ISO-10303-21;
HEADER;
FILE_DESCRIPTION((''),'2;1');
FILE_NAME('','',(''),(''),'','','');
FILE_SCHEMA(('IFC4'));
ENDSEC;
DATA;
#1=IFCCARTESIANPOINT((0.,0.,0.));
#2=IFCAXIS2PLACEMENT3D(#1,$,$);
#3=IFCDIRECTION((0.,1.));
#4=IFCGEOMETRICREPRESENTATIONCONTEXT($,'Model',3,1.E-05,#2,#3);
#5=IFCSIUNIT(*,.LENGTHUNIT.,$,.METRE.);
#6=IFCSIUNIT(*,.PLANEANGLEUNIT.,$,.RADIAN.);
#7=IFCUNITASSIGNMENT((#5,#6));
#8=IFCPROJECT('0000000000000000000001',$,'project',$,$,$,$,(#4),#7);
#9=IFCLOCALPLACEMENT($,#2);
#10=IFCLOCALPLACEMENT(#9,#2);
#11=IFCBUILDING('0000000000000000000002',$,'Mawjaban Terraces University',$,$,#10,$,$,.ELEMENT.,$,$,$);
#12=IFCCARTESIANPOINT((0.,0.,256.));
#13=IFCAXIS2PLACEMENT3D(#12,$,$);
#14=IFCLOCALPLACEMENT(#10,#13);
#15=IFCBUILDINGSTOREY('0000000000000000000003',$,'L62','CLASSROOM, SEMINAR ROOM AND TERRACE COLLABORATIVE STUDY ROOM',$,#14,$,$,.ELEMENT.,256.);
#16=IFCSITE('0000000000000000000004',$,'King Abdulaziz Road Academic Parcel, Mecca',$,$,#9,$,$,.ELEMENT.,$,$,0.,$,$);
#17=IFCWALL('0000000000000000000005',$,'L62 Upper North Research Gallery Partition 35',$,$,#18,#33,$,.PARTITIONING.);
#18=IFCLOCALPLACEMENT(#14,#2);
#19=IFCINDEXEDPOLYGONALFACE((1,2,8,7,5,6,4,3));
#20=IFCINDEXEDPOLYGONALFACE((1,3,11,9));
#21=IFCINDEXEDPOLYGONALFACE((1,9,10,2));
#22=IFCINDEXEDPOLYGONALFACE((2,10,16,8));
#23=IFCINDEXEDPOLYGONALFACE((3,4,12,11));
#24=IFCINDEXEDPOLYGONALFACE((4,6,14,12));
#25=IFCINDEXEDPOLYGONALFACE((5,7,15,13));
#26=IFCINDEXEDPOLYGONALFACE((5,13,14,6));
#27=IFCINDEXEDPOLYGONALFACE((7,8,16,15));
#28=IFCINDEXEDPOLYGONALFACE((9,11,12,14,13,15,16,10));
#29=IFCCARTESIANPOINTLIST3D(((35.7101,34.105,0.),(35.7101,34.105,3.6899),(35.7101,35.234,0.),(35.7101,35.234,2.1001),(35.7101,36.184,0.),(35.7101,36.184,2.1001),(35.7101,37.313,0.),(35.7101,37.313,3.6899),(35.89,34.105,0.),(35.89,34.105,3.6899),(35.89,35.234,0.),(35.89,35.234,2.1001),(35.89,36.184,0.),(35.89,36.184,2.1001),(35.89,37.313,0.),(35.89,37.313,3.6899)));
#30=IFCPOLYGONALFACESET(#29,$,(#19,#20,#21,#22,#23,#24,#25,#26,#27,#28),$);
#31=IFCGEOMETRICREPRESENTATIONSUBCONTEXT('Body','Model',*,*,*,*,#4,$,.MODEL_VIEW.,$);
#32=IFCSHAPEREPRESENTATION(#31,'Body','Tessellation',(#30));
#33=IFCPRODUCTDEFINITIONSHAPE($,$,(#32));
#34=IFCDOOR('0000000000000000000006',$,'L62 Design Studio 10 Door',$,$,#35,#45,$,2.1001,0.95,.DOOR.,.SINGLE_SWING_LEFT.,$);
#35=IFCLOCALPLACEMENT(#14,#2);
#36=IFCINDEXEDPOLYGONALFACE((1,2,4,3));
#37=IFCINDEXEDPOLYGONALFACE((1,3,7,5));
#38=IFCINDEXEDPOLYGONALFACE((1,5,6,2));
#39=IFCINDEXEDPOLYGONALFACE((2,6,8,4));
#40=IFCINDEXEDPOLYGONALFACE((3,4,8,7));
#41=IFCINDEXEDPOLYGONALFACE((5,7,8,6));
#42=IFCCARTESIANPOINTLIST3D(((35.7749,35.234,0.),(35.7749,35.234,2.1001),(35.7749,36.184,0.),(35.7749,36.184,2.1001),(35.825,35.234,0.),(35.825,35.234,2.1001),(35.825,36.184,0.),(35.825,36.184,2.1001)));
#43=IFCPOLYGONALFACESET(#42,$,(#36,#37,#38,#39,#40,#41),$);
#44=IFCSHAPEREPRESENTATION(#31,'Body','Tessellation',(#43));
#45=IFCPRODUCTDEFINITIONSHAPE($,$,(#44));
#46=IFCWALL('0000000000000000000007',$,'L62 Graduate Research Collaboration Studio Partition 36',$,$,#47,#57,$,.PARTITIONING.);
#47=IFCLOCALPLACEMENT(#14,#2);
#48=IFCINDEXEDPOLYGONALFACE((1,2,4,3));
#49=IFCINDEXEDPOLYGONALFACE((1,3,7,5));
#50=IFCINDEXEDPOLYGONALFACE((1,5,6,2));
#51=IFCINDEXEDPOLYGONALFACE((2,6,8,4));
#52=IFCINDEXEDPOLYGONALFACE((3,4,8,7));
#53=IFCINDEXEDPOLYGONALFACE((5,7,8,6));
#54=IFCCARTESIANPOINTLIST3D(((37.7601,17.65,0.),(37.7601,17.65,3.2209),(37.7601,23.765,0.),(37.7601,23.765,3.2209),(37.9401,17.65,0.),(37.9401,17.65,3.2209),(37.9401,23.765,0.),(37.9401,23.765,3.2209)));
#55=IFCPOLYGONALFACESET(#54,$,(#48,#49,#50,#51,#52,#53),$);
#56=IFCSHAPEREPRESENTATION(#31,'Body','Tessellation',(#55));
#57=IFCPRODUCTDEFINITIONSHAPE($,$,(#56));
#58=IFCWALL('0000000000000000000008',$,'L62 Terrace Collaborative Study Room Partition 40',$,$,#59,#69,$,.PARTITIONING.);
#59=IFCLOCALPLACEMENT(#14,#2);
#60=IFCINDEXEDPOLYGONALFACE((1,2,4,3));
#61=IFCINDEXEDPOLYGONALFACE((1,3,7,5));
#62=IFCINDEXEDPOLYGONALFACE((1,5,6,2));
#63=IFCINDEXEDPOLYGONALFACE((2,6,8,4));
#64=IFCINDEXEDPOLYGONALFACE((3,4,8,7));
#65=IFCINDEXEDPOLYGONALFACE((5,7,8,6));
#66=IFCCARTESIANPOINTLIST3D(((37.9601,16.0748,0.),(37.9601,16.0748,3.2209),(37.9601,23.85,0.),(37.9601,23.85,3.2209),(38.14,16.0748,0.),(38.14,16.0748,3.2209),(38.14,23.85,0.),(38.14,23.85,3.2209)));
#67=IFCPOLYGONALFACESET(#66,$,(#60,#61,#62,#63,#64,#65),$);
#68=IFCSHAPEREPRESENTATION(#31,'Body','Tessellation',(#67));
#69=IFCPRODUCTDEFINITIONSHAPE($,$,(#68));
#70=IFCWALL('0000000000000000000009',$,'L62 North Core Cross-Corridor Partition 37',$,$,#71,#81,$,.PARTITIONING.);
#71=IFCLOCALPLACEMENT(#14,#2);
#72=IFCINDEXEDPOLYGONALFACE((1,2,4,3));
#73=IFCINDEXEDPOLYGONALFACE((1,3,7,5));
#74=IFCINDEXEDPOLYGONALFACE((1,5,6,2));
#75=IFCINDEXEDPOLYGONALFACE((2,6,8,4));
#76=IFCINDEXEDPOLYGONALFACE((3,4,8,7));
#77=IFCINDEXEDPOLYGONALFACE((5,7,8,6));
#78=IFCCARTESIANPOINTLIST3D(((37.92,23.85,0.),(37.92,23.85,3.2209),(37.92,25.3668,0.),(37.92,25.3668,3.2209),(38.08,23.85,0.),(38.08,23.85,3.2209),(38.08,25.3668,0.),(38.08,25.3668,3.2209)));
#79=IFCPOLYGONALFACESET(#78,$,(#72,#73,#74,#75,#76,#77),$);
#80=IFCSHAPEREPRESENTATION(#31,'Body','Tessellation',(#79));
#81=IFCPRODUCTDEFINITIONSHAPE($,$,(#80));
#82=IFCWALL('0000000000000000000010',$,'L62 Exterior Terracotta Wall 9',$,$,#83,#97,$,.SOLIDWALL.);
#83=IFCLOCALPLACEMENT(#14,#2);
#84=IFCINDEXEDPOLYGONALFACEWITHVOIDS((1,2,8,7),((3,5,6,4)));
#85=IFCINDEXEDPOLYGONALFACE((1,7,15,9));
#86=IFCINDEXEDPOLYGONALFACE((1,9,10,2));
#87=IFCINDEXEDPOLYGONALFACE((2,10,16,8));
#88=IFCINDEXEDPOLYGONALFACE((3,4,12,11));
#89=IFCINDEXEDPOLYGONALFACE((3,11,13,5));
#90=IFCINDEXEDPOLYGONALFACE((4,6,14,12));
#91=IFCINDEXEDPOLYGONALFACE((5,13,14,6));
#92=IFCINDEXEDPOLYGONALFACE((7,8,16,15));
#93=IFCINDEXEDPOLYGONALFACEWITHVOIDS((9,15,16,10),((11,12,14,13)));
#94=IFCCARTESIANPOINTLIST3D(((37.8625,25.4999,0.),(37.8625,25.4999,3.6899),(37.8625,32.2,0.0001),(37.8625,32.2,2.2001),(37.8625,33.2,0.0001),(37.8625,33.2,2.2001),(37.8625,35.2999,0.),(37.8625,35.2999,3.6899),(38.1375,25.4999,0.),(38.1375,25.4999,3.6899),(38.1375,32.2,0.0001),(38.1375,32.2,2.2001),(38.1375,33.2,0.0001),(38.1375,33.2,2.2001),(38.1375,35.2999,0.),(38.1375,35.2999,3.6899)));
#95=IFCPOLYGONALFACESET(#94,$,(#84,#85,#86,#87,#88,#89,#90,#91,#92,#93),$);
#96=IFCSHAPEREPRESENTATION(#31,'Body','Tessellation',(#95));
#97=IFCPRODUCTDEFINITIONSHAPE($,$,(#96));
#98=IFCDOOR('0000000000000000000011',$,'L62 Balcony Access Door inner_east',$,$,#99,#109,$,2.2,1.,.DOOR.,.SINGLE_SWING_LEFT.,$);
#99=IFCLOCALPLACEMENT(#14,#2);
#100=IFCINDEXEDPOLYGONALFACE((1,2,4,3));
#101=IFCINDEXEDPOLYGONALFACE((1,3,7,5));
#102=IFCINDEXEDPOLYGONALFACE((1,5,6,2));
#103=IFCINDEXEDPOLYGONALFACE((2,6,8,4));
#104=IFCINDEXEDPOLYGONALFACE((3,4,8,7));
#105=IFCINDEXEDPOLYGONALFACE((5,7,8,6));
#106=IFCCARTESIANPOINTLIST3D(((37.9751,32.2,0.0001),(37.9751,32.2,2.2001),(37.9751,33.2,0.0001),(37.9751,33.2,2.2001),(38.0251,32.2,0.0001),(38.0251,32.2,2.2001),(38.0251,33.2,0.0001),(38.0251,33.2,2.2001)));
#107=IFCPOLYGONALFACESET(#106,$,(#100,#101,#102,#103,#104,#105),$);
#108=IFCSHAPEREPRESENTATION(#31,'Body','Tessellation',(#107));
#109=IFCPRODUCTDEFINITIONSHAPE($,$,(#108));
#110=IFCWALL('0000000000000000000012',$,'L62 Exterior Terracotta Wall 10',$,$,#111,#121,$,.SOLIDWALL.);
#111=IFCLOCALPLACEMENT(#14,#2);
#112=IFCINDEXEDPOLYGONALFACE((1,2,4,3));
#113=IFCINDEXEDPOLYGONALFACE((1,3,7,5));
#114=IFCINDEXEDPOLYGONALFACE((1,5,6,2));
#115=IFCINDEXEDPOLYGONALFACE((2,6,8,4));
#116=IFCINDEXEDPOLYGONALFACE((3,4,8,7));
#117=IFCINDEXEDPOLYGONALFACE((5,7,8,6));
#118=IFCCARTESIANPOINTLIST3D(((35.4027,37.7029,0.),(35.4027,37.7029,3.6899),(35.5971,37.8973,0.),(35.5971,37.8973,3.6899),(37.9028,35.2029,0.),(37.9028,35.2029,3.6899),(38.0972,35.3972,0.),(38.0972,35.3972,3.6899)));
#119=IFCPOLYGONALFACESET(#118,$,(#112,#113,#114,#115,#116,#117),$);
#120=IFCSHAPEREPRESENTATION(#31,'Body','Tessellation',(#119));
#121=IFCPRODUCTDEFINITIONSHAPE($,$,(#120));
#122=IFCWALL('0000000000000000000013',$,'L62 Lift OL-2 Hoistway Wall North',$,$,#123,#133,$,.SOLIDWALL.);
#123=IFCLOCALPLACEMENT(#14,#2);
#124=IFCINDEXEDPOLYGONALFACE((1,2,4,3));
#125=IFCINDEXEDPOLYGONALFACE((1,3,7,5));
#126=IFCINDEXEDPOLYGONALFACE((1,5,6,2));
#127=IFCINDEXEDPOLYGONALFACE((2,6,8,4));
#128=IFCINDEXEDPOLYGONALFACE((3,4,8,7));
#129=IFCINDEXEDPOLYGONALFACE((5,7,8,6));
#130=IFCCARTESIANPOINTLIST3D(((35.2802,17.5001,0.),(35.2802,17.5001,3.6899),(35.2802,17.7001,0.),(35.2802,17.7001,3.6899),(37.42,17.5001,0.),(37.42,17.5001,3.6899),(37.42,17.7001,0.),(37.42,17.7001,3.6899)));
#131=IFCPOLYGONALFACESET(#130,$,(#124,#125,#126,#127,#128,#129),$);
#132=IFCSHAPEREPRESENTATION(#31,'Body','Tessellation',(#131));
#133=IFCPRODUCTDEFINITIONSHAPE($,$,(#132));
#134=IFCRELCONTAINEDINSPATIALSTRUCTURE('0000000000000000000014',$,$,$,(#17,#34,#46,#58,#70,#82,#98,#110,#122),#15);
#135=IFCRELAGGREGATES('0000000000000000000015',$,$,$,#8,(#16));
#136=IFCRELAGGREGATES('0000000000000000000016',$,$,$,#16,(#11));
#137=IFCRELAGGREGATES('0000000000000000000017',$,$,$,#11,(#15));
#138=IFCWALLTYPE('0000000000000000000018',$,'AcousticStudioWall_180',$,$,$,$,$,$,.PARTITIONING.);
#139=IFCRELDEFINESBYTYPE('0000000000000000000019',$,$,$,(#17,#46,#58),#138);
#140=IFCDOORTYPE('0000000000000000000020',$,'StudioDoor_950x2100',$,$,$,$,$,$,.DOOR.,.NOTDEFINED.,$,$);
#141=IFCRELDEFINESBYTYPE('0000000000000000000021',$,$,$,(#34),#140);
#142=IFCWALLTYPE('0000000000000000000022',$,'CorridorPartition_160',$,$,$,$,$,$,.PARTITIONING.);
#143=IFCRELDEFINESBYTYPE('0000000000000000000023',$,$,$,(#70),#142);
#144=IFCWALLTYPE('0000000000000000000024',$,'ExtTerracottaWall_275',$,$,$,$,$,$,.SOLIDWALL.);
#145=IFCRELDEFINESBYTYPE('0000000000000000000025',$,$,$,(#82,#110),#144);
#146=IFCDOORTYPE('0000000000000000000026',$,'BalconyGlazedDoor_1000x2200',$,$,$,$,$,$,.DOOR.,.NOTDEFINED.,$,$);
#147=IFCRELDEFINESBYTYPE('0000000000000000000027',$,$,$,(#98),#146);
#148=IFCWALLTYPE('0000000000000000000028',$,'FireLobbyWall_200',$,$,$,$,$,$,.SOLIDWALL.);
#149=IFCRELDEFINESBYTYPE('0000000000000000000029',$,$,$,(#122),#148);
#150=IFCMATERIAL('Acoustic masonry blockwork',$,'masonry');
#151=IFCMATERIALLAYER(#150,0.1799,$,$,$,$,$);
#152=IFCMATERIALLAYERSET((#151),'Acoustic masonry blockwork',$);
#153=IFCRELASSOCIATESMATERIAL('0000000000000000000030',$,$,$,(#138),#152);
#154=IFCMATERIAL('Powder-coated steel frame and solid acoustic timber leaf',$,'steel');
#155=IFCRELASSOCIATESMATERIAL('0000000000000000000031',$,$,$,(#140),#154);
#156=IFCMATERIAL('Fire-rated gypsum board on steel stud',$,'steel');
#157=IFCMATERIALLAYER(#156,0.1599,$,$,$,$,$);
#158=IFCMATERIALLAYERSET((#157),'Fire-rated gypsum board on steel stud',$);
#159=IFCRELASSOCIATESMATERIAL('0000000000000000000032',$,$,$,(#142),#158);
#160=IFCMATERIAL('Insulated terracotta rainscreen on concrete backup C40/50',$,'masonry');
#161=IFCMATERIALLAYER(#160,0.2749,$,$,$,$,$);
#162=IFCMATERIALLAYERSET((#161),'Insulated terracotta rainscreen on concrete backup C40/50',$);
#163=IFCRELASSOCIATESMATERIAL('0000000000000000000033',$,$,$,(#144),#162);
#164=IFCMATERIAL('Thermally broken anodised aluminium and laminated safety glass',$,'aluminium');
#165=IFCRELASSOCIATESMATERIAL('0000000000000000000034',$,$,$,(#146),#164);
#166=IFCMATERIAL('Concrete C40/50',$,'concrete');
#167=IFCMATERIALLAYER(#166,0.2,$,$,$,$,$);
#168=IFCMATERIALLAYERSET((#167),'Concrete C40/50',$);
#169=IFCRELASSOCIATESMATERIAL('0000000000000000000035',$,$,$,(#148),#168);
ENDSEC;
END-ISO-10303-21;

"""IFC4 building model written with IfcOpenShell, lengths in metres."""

from ifc_helpers import new_model, si_unit, direction, frame, frame_2d, origin, place, context, subcontext, project, spatial, rectangle, extrude, material, layer, layer_set, type_object, element, fill, save


model = new_model("IFC4")

# Units and contexts
model_context = context("Model", 3, precision=1e-05, world=origin(), true_north=direction((0.0, 1.0)))
body_context = subcontext(model_context, "Body", "Model", "MODEL_VIEW")
ifc_project = project(units=[si_unit("LENGTHUNIT", "METRE"), si_unit("PLANEANGLEUNIT", "RADIAN")], contexts=[model_context])

# Site, building, storey
site_placement = place(None, origin())
site = spatial("IfcSite", under=ifc_project, at=site_placement, Name="King Abdulaziz Road Academic Parcel, Mecca", CompositionType="ELEMENT", RefElevation=0.0)
building_placement = place(site_placement, origin())
building = spatial("IfcBuilding", under=site, at=building_placement, Name="Mawjaban Terraces University", CompositionType="ELEMENT")
storey_placement = place(building_placement, frame((0.0, 0.0, 256.0)))
storey = spatial("IfcBuildingStorey", under=building, at=storey_placement, Name="L62", Description="CLASSROOM, SEMINAR ROOM AND TERRACE COLLABORATIVE STUDY ROOM", CompositionType="ELEMENT", Elevation=256.0)

# Shared definitions
ifc_material_1 = material(Name="Acoustic masonry blockwork", Category="masonry")
ifc_layer_1 = layer(ifc_material_1, 0.1799)
ifc_layer_set_1 = layer_set([ifc_layer_1], Name="Acoustic masonry blockwork")
wall_type_1 = type_object("IfcWallType", Name="AcousticStudioWall_180", PredefinedType="PARTITIONING", material=ifc_layer_set_1)

# Wall, opening, door
wall_1_placement = place(storey_placement, frame((35.8, 37.313, 0.0), z_axis=(0.0, 0.0, 1.0), x_axis=(0.0, -1.0, 0.0)))
wall_1 = element("IfcWall", 1, at=wall_1_placement, inside=storey, type_object=wall_type_1, Name="L62 Upper North Research Gallery Partition 35", PredefinedType="PARTITIONING", context=body_context, shape_type="SweptSolid", body=[
    extrude(rectangle(XDim=3.208, YDim=0.1799, at=frame_2d((1.604, 0.0))), origin(), (0.0, 0.0, 1.0), 3.6899),
])
opening_1_placement = place(wall_1_placement, frame((1.1289, 0.0, 0.0)))
opening_1 = element("IfcOpeningElement", 2, at=opening_1_placement, cuts=wall_1, PredefinedType="OPENING", context=body_context, shape_type="SweptSolid", body=[
    extrude(rectangle(XDim=0.95, YDim=2.1001, at=frame_2d((0.4751, 1.05))), frame((0.0, 0.0999, 0.0), z_axis=(0.0, -1.0, 0.0), x_axis=(1.0, 0.0, 0.0)), (0.0, 0.0, 1.0), 0.2),
])
ifc_material_2 = material(Name="Powder-coated steel frame and solid acoustic timber leaf", Category="steel")
door_type_1 = type_object("IfcDoorType", Name="StudioDoor_950x2100", OperationType="NOTDEFINED", PredefinedType="DOOR", material=ifc_material_2)
door_1_placement = place(opening_1_placement, origin())
door_1 = element("IfcDoor", 3, at=door_1_placement, inside=storey, type_object=door_type_1, Name="L62 Design Studio 10 Door", OperationType="SINGLE_SWING_LEFT", OverallHeight=2.1001, OverallWidth=0.95, PredefinedType="DOOR", context=body_context, shape_type="SweptSolid", body=[
    extrude(rectangle(XDim=0.95, YDim=2.1001, at=frame_2d((0.4751, 1.05))), frame((0.0, 0.0249, 0.0), z_axis=(0.0, -1.0, 0.0), x_axis=(1.0, 0.0, 0.0)), (0.0, 0.0, 1.0), 0.05),
])
fill(opening_1, door_1)

# Walls
wall_2_placement = place(storey_placement, frame((37.8501, 17.6499, 0.0), z_axis=(0.0, 0.0, 1.0), x_axis=(0.0, 1.0, 0.0)))
element("IfcWall", 4, at=wall_2_placement, inside=storey, type_object=wall_type_1, Name="L62 Graduate Research Collaboration Studio Partition 36", PredefinedType="PARTITIONING", context=body_context, shape_type="SweptSolid", body=[
    extrude(rectangle(XDim=6.115, YDim=0.1799, at=frame_2d((3.0576, 0.0))), origin(), (0.0, 0.0, 1.0), 3.2209),
])
wall_3_placement = place(storey_placement, frame((38.05, 23.8501, 0.0), z_axis=(0.0, 0.0, 1.0), x_axis=(0.0, -1.0, 0.0)))
element("IfcWall", 5, at=wall_3_placement, inside=storey, type_object=wall_type_1, Name="L62 Terrace Collaborative Study Room Partition 40", PredefinedType="PARTITIONING", context=body_context, shape_type="SweptSolid", body=[
    extrude(rectangle(XDim=7.7751, YDim=0.1799, at=frame_2d((3.8877, 0.0))), origin(), (0.0, 0.0, 1.0), 3.2209),
])
ifc_material_3 = material(Name="Fire-rated gypsum board on steel stud", Category="steel")
ifc_layer_2 = layer(ifc_material_3, 0.1599)
ifc_layer_set_2 = layer_set([ifc_layer_2], Name="Fire-rated gypsum board on steel stud")
wall_type_2 = type_object("IfcWallType", Name="CorridorPartition_160", PredefinedType="PARTITIONING", material=ifc_layer_set_2)
wall_4_placement = place(storey_placement, frame((38.0, 23.8501, 0.0), z_axis=(0.0, 0.0, 1.0), x_axis=(0.0, 1.0, 0.0)))
element("IfcWall", 6, at=wall_4_placement, inside=storey, type_object=wall_type_2, Name="L62 North Core Cross-Corridor Partition 37", PredefinedType="PARTITIONING", context=body_context, shape_type="SweptSolid", body=[
    extrude(rectangle(XDim=1.5168, YDim=0.1599, at=frame_2d((0.7583, 0.0))), origin(), (0.0, 0.0, 1.0), 3.2209),
])

# Wall, opening, door
ifc_material_4 = material(Name="Insulated terracotta rainscreen on concrete backup C40/50", Category="masonry")
ifc_layer_3 = layer(ifc_material_4, 0.2749)
ifc_layer_set_3 = layer_set([ifc_layer_3], Name="Insulated terracotta rainscreen on concrete backup C40/50")
wall_type_3 = type_object("IfcWallType", Name="ExtTerracottaWall_275", PredefinedType="SOLIDWALL", material=ifc_layer_set_3)
wall_5_placement = place(storey_placement, frame((38.0, 25.5, 0.0), z_axis=(0.0, 0.0, 1.0), x_axis=(0.0, 1.0, 0.0)))
wall_5 = element("IfcWall", 7, at=wall_5_placement, inside=storey, type_object=wall_type_3, Name="L62 Exterior Terracotta Wall 9", PredefinedType="SOLIDWALL", context=body_context, shape_type="SweptSolid", body=[
    extrude(rectangle(XDim=9.8, YDim=0.2749, at=frame_2d((4.8999, 0.0))), origin(), (0.0, 0.0, 1.0), 3.6899),
])
opening_2_placement = place(wall_5_placement, frame((6.7, 0.0, 0.0)))
opening_2 = element("IfcOpeningElement", 8, at=opening_2_placement, cuts=wall_5, PredefinedType="OPENING", context=body_context, shape_type="SweptSolid", body=[
    extrude(rectangle(XDim=1.0, YDim=2.2, at=frame_2d((0.5, 1.1001))), frame((0.0, 0.1475, 0.0), z_axis=(0.0, -1.0, 0.0), x_axis=(1.0, 0.0, 0.0)), (0.0, 0.0, 1.0), 0.2949),
])
ifc_material_5 = material(Name="Thermally broken anodised aluminium and laminated safety glass", Category="aluminium")
door_type_2 = type_object("IfcDoorType", Name="BalconyGlazedDoor_1000x2200", OperationType="NOTDEFINED", PredefinedType="DOOR", material=ifc_material_5)
door_2_placement = place(opening_2_placement, origin())
door_2 = element("IfcDoor", 9, at=door_2_placement, inside=storey, type_object=door_type_2, Name="L62 Balcony Access Door inner_east", OperationType="SINGLE_SWING_LEFT", OverallHeight=2.2, OverallWidth=1.0, PredefinedType="DOOR", context=body_context, shape_type="SweptSolid", body=[
    extrude(rectangle(XDim=1.0, YDim=2.2, at=frame_2d((0.5, 1.1001))), frame((0.0, 0.0249, 0.0), z_axis=(0.0, -1.0, 0.0), x_axis=(1.0, 0.0, 0.0)), (0.0, 0.0, 1.0), 0.05),
])
fill(opening_2, door_2)

# Walls
wall_6_placement = place(storey_placement, frame((38.0, 35.3, 0.0), z_axis=(0.0, 0.0, 1.0), x_axis=(-0.707107, 0.707107, 0.0)))
element("IfcWall", 10, at=wall_6_placement, inside=storey, type_object=wall_type_3, Name="L62 Exterior Terracotta Wall 10", PredefinedType="SOLIDWALL", context=body_context, shape_type="SweptSolid", body=[
    extrude(rectangle(XDim=3.5356, YDim=0.2749, at=frame_2d((1.7678, 0.0))), origin(), (0.0, 0.0, 1.0), 3.6899),
])
ifc_material_6 = material(Name="Concrete C40/50", Category="concrete")
ifc_layer_4 = layer(ifc_material_6, 0.2)
ifc_layer_set_4 = layer_set([ifc_layer_4], Name="Concrete C40/50")
wall_type_4 = type_object("IfcWallType", Name="FireLobbyWall_200", PredefinedType="SOLIDWALL", material=ifc_layer_set_4)
wall_7_placement = place(storey_placement, frame((37.4199, 17.6001, 0.0), z_axis=(0.0, 0.0, 1.0), x_axis=(-1.0, 0.0, 0.0)))
element("IfcWall", 11, at=wall_7_placement, inside=storey, type_object=wall_type_4, Name="L62 Lift OL-2 Hoistway Wall North", PredefinedType="SOLIDWALL", context=body_context, shape_type="SweptSolid", body=[
    extrude(rectangle(XDim=2.1399, YDim=0.2, at=frame_2d((1.0698, 0.0))), origin(), (0.0, 0.0, 1.0), 3.6899),
])

save(model, "model.ifc")
